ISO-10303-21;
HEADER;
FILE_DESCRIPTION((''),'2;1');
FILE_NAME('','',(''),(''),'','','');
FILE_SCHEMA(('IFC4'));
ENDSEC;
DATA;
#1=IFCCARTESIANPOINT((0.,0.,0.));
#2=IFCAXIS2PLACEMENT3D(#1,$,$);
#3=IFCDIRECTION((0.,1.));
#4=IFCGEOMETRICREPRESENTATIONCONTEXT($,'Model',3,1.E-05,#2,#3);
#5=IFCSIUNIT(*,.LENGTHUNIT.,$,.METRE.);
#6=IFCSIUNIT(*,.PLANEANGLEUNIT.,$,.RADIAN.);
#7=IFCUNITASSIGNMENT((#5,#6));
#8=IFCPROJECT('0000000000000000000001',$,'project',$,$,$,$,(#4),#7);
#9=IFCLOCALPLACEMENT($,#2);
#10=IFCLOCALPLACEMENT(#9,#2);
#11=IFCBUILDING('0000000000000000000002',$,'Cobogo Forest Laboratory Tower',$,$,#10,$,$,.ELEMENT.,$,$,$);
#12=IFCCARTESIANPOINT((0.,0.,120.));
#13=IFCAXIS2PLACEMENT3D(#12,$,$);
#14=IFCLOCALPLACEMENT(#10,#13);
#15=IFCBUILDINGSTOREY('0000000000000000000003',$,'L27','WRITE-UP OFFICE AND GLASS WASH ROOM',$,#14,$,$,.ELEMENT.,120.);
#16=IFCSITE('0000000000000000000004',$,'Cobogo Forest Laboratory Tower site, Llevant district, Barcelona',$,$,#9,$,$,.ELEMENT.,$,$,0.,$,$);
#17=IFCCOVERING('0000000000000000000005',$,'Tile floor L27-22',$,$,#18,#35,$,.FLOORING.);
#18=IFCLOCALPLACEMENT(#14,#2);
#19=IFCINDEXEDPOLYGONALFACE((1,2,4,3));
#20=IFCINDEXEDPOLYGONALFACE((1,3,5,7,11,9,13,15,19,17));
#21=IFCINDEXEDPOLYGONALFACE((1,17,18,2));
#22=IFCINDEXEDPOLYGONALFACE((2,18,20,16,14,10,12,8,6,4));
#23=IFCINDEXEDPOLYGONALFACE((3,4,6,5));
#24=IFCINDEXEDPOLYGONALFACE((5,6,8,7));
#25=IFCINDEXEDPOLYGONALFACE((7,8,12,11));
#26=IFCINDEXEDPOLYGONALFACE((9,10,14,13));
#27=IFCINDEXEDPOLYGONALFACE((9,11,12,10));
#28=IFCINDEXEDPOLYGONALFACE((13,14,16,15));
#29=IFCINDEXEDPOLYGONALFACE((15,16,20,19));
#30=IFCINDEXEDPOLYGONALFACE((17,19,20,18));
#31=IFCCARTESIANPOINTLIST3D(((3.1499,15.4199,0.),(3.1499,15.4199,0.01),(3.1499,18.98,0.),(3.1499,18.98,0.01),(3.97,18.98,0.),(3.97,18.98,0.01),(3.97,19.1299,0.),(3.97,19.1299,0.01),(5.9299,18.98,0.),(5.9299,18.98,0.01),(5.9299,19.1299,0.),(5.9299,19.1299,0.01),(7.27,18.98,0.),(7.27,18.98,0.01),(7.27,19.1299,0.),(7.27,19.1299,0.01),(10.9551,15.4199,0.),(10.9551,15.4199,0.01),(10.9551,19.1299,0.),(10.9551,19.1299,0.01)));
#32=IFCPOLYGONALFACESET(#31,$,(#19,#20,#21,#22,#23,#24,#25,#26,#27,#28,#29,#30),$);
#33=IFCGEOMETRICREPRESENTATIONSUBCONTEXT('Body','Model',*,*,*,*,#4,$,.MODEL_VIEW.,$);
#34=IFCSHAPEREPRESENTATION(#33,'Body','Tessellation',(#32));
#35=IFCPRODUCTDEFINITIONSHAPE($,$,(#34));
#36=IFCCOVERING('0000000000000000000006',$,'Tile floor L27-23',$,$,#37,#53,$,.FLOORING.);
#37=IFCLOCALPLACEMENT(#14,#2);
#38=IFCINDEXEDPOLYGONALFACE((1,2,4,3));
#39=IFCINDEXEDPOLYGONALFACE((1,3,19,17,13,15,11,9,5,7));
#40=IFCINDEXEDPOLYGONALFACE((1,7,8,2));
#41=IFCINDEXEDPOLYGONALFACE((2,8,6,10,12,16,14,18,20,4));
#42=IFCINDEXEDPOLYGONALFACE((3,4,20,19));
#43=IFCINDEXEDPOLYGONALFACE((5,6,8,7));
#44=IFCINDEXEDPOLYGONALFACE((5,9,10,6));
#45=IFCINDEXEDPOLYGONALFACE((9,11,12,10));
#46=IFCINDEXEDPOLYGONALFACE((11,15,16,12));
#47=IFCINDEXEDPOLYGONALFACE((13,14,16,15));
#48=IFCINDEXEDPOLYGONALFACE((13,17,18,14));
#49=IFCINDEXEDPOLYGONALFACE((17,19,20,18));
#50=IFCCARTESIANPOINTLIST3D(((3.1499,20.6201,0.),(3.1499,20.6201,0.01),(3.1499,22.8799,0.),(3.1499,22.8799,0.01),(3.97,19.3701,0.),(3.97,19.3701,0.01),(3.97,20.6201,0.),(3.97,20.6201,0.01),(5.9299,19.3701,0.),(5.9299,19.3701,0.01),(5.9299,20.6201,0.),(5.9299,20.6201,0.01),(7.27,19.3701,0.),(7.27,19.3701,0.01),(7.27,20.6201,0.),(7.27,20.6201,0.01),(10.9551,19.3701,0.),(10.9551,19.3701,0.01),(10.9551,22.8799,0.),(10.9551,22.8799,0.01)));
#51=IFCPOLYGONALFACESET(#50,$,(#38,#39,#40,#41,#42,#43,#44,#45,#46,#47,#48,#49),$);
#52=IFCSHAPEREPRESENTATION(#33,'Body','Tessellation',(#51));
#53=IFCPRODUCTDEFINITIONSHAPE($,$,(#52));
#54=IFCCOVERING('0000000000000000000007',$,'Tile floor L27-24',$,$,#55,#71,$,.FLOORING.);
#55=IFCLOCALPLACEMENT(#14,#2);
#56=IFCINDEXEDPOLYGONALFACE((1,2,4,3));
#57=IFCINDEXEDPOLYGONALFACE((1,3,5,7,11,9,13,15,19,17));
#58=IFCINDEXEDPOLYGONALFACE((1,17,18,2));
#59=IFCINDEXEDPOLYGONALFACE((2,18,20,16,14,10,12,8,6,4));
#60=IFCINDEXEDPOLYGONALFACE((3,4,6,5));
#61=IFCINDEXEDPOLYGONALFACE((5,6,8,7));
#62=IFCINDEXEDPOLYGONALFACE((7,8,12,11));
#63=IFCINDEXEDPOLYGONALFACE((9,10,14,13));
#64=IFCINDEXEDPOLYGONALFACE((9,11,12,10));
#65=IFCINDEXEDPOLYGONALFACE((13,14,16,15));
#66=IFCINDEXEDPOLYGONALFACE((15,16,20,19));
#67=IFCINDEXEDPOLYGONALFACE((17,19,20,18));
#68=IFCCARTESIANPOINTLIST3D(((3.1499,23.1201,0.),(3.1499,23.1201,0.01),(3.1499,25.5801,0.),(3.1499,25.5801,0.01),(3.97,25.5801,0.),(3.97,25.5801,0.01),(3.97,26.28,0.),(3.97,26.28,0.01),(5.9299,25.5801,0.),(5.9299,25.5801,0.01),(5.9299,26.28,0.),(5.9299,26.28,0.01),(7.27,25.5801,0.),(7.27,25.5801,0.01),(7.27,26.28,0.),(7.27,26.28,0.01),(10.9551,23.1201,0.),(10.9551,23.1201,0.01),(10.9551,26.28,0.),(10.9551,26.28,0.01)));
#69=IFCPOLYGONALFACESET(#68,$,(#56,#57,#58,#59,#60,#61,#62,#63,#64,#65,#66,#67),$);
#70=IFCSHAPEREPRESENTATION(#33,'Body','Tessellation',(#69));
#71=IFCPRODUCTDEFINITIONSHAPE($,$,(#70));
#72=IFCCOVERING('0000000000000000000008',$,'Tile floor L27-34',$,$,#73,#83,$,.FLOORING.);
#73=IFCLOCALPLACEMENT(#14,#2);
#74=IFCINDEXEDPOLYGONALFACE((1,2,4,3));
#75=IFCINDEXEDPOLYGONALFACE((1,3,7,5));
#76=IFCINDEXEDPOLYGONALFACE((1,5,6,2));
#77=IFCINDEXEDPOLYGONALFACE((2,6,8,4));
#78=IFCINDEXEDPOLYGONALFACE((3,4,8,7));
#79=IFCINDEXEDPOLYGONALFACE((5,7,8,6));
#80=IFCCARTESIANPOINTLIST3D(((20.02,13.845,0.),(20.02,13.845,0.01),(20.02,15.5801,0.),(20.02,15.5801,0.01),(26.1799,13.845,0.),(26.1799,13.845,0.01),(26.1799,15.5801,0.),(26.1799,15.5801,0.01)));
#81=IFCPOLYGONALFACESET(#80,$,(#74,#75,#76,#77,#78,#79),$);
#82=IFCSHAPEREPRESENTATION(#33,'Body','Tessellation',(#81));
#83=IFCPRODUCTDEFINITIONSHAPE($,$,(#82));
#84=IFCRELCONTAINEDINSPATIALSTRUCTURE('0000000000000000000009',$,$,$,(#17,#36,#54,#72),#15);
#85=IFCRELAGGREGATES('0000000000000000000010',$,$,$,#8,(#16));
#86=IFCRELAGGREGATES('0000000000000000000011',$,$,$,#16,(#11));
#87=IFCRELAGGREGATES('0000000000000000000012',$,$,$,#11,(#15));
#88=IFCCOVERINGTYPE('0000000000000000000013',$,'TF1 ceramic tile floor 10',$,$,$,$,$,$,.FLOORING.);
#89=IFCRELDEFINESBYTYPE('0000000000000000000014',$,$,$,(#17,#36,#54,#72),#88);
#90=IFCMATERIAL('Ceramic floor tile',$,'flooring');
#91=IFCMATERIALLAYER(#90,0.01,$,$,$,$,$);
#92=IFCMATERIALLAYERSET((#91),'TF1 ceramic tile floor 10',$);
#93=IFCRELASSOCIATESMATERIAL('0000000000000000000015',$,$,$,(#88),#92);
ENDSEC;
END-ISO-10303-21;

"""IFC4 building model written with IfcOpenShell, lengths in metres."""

from ifc_helpers import new_model, si_unit, direction, frame, origin, place, context, subcontext, project, spatial, polyline, outline, extrude, material, layer, layer_set, type_object, element, save


model = new_model("IFC4")

# Units and contexts
model_context = context("Model", 3, precision=1e-05, world=origin(), true_north=direction((0.0, 1.0)))
body_context = subcontext(model_context, "Body", "Model", "MODEL_VIEW")
ifc_project = project(units=[si_unit("LENGTHUNIT", "METRE"), si_unit("PLANEANGLEUNIT", "RADIAN")], contexts=[model_context])

# Site, building, storey
site_placement = place(None, origin())
site = spatial("IfcSite", under=ifc_project, at=site_placement, Name="Cobogo Forest Laboratory Tower site, Llevant district, Barcelona", CompositionType="ELEMENT", RefElevation=0.0)
building_placement = place(site_placement, origin())
building = spatial("IfcBuilding", under=site, at=building_placement, Name="Cobogo Forest Laboratory Tower", CompositionType="ELEMENT")
storey_placement = place(building_placement, frame((0.0, 0.0, 120.0)))
storey = spatial("IfcBuildingStorey", under=building, at=storey_placement, Name="L27", Description="WRITE-UP OFFICE AND GLASS WASH ROOM", CompositionType="ELEMENT", Elevation=120.0)

# Coverings
ifc_material_1 = material(Name="Ceramic floor tile", Category="flooring")
ifc_layer_1 = layer(ifc_material_1, 0.01)
ifc_layer_set_1 = layer_set([ifc_layer_1], Name="TF1 ceramic tile floor 10")
covering_type_1 = type_object("IfcCoveringType", Name="TF1 ceramic tile floor 10", PredefinedType="FLOORING", material=ifc_layer_set_1)
covering_1_placement = place(storey_placement, origin())
element("IfcCovering", 1, at=covering_1_placement, inside=storey, type_object=covering_type_1, Name="Tile floor L27-22", PredefinedType="FLOORING", context=body_context, shape_type="SweptSolid", body=[
    extrude(outline(polyline([(10.9551, 15.4199), (3.1499, 15.4199), (3.1499, 18.98), (3.97, 18.98), (3.97, 19.1299), (5.9299, 19.1299), (5.9299, 18.98), (7.27, 18.98), (7.27, 19.1299), (10.9551, 19.1299), (10.9551, 15.4199)])), origin(), (0.0, 0.0, 1.0), 0.01),
])
covering_2_placement = place(storey_placement, origin())
element("IfcCovering", 2, at=covering_2_placement, inside=storey, type_object=covering_type_1, Name="Tile floor L27-23", PredefinedType="FLOORING", context=body_context, shape_type="SweptSolid", body=[
    extrude(outline(polyline([(10.9551, 19.3701), (7.27, 19.3701), (7.27, 20.6201), (5.9299, 20.6201), (5.9299, 19.3701), (3.97, 19.3701), (3.97, 20.6201), (3.1499, 20.6201), (3.1499, 22.8799), (10.9551, 22.8799), (10.9551, 19.3701)])), origin(), (0.0, 0.0, 1.0), 0.01),
])
covering_3_placement = place(storey_placement, origin())
element("IfcCovering", 3, at=covering_3_placement, inside=storey, type_object=covering_type_1, Name="Tile floor L27-24", PredefinedType="FLOORING", context=body_context, shape_type="SweptSolid", body=[
    extrude(outline(polyline([(10.9551, 23.1201), (3.1499, 23.1201), (3.1499, 25.5801), (3.97, 25.5801), (3.97, 26.28), (5.9299, 26.28), (5.9299, 25.5801), (7.27, 25.5801), (7.27, 26.28), (10.9551, 26.28), (10.9551, 23.1201)])), origin(), (0.0, 0.0, 1.0), 0.01),
])
covering_4_placement = place(storey_placement, origin())
element("IfcCovering", 4, at=covering_4_placement, inside=storey, type_object=covering_type_1, Name="Tile floor L27-34", PredefinedType="FLOORING", context=body_context, shape_type="SweptSolid", body=[
    extrude(outline(polyline([(26.1799, 13.845), (20.02, 13.845), (20.02, 15.5801), (26.1799, 15.5801), (26.1799, 13.845)])), origin(), (0.0, 0.0, 1.0), 0.01),
])

save(model, "model.ifc")
